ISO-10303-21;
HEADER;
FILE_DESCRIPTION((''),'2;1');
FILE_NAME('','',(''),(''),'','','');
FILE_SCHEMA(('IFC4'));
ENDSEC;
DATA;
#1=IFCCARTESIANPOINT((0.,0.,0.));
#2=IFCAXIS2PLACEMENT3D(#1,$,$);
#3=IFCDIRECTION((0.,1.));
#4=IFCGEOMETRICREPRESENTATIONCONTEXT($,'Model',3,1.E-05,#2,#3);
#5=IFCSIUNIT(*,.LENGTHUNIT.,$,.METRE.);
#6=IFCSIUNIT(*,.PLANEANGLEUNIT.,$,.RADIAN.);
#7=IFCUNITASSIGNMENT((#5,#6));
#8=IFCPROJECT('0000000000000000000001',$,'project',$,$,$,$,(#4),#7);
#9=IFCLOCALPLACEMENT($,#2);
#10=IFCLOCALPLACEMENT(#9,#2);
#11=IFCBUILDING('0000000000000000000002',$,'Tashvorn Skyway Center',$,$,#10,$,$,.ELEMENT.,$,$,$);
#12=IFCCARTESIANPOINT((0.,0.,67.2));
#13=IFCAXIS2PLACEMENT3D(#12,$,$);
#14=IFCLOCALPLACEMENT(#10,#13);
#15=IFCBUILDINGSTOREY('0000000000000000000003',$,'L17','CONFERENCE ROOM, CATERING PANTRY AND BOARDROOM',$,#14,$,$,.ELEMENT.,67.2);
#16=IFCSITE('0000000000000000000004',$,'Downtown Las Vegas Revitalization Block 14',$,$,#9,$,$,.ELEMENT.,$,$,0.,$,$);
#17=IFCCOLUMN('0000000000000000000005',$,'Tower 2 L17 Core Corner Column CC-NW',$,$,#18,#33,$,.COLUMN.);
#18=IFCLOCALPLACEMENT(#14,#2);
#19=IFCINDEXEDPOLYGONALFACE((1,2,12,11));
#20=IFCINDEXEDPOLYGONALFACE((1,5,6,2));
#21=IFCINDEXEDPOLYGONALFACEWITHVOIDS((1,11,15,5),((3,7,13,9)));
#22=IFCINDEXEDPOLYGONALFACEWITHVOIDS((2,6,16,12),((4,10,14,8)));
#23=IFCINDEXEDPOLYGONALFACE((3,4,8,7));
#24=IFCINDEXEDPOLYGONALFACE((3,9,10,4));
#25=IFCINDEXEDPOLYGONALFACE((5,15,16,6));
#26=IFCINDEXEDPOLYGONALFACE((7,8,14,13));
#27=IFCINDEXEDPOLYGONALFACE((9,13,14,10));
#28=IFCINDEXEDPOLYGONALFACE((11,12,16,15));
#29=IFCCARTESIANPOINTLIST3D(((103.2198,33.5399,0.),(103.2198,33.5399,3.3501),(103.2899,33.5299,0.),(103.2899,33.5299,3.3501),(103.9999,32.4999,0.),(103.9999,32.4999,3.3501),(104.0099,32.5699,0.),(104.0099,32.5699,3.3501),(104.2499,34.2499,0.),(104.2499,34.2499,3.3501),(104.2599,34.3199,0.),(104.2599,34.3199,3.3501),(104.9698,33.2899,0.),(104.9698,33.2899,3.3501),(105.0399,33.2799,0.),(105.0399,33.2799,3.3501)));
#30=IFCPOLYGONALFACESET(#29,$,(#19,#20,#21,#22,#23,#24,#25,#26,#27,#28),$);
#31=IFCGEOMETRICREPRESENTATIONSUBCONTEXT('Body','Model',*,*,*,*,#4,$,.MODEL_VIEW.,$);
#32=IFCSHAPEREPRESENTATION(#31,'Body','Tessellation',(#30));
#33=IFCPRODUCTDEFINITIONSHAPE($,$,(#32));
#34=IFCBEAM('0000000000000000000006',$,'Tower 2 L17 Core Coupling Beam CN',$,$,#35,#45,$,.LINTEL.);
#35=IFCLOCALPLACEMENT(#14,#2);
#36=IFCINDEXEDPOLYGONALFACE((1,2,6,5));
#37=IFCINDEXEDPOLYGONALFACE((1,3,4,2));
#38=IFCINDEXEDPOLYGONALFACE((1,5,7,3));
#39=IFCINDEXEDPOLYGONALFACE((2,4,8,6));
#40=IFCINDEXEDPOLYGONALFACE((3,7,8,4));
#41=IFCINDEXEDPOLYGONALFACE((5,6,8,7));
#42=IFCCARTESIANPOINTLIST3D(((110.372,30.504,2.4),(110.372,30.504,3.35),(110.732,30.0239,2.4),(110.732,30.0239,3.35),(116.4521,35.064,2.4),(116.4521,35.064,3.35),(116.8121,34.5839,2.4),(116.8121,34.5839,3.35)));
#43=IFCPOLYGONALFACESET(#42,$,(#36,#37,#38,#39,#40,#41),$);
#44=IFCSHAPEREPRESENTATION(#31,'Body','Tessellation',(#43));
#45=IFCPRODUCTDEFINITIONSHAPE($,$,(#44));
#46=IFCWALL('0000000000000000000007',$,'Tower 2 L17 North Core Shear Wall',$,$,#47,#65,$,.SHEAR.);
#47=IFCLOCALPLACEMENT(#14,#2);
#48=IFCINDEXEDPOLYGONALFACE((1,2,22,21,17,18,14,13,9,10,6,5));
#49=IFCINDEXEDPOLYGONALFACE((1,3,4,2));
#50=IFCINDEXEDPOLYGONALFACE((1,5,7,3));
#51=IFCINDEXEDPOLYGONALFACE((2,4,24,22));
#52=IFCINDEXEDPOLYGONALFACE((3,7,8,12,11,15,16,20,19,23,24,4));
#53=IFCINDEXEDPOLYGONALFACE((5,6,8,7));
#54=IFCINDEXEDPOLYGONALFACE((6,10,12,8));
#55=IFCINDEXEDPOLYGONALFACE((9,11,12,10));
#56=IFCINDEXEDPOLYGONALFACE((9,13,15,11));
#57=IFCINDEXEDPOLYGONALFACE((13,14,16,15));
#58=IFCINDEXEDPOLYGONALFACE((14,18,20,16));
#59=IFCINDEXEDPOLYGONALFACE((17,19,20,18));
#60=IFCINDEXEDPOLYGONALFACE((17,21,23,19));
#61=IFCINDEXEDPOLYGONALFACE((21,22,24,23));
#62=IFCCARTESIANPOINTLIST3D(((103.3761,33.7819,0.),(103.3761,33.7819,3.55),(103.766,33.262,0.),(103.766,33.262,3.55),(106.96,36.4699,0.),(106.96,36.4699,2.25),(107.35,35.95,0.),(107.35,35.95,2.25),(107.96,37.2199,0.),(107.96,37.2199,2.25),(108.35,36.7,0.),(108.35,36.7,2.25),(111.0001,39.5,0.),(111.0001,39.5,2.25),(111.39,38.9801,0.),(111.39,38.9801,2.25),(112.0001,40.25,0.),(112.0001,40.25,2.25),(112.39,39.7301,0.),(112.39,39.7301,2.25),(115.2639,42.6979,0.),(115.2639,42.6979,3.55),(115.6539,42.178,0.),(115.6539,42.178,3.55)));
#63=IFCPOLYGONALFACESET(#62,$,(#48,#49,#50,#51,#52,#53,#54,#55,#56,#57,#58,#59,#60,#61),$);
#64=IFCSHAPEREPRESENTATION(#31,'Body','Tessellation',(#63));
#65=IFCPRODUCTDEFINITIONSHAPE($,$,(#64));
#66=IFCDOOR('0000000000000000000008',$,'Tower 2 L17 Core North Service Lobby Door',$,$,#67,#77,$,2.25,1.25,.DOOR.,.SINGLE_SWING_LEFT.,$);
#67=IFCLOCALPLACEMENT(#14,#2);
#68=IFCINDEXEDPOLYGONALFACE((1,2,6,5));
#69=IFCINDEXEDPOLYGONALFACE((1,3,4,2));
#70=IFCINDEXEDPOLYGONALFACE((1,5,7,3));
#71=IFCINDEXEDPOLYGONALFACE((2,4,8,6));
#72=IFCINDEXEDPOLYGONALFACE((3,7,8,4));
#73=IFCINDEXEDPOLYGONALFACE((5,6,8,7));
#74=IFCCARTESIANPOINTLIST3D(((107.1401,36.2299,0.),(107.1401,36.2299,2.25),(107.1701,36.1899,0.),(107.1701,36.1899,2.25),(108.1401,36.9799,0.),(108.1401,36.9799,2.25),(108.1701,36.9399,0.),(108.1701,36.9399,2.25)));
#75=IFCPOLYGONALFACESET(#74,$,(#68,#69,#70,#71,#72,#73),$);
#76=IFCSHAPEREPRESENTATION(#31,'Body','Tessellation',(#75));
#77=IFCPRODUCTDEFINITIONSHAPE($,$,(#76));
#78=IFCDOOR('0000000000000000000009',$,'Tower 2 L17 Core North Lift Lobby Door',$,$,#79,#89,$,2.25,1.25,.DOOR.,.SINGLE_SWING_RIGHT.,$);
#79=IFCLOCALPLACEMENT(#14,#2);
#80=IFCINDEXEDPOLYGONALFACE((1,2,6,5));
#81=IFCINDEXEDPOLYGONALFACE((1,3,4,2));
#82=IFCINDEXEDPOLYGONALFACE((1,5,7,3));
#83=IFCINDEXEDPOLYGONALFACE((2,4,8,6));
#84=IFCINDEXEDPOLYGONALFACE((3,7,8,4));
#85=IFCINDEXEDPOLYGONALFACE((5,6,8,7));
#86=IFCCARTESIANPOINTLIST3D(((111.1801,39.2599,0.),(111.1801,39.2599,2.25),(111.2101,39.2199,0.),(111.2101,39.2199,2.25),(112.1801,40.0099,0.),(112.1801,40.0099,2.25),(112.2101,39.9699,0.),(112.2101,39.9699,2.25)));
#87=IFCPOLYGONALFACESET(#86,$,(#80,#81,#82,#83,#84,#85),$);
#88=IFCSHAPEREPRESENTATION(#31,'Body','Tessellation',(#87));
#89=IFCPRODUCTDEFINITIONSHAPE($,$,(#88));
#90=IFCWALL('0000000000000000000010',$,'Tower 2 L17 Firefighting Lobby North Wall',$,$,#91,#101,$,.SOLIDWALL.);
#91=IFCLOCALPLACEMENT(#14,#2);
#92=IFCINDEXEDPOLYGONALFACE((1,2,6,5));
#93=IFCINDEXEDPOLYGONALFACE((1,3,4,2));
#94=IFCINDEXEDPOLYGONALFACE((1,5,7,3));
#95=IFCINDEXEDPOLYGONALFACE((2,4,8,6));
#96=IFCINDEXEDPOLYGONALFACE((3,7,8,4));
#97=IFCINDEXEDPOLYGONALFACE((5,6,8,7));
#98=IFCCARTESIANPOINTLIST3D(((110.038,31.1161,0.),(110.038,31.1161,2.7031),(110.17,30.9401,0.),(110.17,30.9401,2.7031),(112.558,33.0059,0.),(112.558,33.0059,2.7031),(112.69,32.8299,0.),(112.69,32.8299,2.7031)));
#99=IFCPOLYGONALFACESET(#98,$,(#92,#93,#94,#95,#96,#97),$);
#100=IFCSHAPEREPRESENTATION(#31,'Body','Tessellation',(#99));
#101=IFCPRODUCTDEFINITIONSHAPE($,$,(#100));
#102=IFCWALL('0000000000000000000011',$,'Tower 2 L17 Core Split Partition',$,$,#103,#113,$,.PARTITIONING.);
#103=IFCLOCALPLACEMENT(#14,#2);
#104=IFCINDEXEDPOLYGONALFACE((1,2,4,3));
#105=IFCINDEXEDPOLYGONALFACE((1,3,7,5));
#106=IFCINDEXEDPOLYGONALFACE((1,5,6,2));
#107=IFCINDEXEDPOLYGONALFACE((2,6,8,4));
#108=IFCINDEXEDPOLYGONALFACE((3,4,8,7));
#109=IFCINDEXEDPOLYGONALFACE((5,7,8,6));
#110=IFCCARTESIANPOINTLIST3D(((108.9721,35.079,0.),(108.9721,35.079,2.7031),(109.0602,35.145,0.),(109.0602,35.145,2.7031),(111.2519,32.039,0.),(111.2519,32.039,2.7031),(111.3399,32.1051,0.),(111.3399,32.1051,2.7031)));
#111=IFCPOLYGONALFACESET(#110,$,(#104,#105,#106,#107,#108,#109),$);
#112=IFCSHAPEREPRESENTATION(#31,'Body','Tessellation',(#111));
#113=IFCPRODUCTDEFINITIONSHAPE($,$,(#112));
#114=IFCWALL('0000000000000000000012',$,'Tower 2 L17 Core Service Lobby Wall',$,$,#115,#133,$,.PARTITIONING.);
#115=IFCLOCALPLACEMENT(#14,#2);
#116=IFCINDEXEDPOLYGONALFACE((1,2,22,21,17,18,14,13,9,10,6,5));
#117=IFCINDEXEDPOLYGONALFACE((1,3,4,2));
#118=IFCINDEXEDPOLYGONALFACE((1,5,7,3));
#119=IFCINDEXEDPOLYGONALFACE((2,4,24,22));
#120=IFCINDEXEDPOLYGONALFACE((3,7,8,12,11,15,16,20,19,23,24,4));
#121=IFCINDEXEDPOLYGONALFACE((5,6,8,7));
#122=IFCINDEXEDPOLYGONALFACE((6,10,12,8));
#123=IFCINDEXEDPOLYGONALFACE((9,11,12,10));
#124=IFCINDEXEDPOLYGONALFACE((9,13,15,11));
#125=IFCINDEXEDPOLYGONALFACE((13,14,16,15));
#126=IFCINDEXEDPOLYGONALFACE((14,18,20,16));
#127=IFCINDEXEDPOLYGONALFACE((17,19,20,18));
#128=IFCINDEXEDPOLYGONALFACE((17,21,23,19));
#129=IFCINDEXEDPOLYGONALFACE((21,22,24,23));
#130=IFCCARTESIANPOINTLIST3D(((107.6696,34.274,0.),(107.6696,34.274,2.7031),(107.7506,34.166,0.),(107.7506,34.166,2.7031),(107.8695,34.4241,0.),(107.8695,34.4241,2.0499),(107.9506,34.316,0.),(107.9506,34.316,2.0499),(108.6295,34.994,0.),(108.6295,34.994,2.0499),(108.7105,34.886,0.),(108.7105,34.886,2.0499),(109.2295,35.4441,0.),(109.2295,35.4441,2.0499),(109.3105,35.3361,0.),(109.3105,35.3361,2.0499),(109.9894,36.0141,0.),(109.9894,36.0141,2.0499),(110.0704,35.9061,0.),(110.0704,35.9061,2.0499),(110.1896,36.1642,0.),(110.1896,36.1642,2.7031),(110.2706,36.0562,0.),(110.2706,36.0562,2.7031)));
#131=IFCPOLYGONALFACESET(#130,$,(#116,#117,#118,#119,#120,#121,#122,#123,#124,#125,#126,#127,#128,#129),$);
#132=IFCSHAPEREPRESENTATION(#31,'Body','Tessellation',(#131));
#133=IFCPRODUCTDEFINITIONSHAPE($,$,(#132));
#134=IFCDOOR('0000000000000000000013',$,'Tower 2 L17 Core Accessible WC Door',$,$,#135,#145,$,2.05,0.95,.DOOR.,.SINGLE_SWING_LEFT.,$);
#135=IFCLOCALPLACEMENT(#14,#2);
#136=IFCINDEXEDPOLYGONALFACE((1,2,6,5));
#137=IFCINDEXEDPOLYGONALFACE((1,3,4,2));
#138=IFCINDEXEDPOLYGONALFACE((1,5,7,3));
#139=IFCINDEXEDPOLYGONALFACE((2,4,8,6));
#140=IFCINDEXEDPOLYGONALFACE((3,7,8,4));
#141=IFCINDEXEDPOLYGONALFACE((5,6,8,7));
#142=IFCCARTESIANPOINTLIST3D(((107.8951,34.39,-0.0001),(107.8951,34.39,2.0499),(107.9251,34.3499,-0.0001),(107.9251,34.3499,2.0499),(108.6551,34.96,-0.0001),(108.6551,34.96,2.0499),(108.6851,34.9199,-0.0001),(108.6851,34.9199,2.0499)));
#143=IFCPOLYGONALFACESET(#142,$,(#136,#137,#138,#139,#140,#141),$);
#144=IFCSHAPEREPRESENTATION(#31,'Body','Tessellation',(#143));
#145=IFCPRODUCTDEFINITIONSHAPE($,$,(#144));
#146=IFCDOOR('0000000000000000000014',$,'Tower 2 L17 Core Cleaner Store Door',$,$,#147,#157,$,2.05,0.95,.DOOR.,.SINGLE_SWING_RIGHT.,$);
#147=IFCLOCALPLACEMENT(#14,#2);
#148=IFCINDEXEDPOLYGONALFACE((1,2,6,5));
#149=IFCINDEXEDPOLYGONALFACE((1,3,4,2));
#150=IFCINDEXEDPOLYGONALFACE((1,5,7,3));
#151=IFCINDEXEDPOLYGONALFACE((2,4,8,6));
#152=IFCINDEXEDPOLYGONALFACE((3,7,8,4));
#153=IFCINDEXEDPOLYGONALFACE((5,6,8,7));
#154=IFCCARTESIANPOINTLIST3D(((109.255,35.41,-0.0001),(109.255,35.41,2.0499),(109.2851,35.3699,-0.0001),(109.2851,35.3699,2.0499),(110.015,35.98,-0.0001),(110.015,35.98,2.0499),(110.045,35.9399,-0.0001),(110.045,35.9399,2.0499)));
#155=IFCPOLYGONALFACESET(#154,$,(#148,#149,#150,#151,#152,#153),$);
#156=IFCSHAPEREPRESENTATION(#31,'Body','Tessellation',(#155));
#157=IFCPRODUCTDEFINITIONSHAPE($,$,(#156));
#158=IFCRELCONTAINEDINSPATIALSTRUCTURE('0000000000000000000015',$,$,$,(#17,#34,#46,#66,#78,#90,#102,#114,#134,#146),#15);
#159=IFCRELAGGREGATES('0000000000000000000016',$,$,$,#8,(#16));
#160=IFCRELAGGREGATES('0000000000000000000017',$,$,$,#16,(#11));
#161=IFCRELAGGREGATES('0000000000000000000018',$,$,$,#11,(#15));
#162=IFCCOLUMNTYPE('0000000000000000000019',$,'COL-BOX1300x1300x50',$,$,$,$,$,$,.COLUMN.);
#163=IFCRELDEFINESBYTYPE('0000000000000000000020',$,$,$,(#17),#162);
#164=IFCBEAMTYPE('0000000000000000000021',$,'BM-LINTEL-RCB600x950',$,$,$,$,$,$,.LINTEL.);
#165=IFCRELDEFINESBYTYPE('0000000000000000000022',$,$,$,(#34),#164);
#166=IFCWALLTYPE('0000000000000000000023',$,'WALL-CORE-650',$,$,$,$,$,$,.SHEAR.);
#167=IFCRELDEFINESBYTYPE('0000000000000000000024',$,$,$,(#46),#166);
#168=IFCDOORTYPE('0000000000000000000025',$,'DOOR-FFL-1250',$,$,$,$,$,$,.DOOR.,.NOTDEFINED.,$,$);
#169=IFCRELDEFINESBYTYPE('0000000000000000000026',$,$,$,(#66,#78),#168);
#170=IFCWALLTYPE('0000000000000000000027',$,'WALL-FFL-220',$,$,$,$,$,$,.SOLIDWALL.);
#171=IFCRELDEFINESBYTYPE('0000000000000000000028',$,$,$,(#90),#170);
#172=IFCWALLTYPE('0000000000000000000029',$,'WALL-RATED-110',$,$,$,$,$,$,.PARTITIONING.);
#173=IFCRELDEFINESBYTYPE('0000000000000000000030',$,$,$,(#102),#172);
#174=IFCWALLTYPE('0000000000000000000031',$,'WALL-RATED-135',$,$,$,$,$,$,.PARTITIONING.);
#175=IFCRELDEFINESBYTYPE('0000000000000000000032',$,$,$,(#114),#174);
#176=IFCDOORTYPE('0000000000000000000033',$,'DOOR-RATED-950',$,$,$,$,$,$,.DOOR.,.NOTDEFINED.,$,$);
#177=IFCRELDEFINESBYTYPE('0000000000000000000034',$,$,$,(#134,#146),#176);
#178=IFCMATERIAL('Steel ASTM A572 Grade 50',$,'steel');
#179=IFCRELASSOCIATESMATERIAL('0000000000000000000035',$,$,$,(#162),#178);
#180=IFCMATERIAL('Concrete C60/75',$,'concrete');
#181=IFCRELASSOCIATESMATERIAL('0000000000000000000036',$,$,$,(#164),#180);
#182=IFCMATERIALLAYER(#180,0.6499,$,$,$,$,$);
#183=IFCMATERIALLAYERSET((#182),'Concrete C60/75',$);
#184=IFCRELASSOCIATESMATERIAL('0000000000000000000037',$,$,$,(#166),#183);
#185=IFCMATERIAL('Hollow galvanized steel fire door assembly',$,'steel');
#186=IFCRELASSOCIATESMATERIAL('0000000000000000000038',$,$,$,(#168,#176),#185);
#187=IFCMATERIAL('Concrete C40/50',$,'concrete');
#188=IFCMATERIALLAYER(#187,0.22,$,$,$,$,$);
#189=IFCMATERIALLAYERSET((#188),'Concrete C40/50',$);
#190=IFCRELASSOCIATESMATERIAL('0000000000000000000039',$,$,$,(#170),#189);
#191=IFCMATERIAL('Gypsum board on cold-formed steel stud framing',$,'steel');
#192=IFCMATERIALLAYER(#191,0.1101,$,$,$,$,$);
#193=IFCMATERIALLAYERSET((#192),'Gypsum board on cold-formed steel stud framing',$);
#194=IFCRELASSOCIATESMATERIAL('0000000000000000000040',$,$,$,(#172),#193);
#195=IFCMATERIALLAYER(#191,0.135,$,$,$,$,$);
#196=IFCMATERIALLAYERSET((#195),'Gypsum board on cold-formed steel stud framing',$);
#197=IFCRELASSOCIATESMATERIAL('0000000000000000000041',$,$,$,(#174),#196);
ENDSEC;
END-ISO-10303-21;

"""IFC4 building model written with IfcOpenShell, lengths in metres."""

from ifc_helpers import new_model, si_unit, direction, frame, frame_2d, origin, origin_2d, place, context, subcontext, project, spatial, rectangle, hollow_rectangle, extrude, material, layer, layer_set, material_profile, profile_set, type_object, element, fill, save


model = new_model("IFC4")

# Units and contexts
model_context = context("Model", 3, precision=1e-05, world=origin(), true_north=direction((0.0, 1.0)))
body_context = subcontext(model_context, "Body", "Model", "MODEL_VIEW")
ifc_project = project(units=[si_unit("LENGTHUNIT", "METRE"), si_unit("PLANEANGLEUNIT", "RADIAN")], contexts=[model_context])

# Site, building, storey
site_placement = place(None, origin())
site = spatial("IfcSite", under=ifc_project, at=site_placement, Name="Downtown Las Vegas Revitalization Block 14", CompositionType="ELEMENT", RefElevation=0.0)
building_placement = place(site_placement, origin())
building = spatial("IfcBuilding", under=site, at=building_placement, Name="Tashvorn Skyway Center", CompositionType="ELEMENT")
storey_placement = place(building_placement, frame((0.0, 0.0, 67.2)))
storey = spatial("IfcBuildingStorey", under=building, at=storey_placement, Name="L17", Description="CONFERENCE ROOM, CATERING PANTRY AND BOARDROOM", CompositionType="ELEMENT", Elevation=67.2)

# Column
ifc_material_1 = material(Name="Steel ASTM A572 Grade 50", Category="steel")
ifc_material_profile_1 = material_profile(ifc_material_1, hollow_rectangle(XDim=1.3, YDim=1.3, WallThickness=0.05, at=origin_2d()), Name="BOX1300x1300x50")
ifc_profile_set_1 = profile_set([ifc_material_profile_1], Name="Steel ASTM A572 Grade 50")
column_type = type_object("IfcColumnType", Name="COL-BOX1300x1300x50", PredefinedType="COLUMN", material=ifc_profile_set_1)
column_placement = place(storey_placement, frame((104.1299, 33.4099, 0.0), z_axis=(0.0, 0.0, 1.0), x_axis=(0.8, 0.6, 0.0)))
element("IfcColumn", 1, at=column_placement, inside=storey, type_object=column_type, Name="Tower 2 L17 Core Corner Column CC-NW", PredefinedType="COLUMN", context=body_context, shape_type="SweptSolid", body=[
    extrude(hollow_rectangle(XDim=1.3, YDim=1.3, WallThickness=0.05, at=origin_2d()), origin(), (0.0, 0.0, 1.0), 3.3501),
])

# Beam
ifc_material_2 = material(Name="Concrete C60/75", Category="concrete")
ifc_material_profile_2 = material_profile(ifc_material_2, rectangle(XDim=0.6001, YDim=0.95, at=origin_2d()), Name="RCB600x950")
ifc_profile_set_2 = profile_set([ifc_material_profile_2], Name="Concrete C60/75")
beam_type = type_object("IfcBeamType", Name="BM-LINTEL-RCB600x950", PredefinedType="LINTEL", material=ifc_profile_set_2)
beam_placement = place(storey_placement, frame((110.552, 30.2639, 2.875), z_axis=(0.8, 0.6, 0.0), x_axis=(-0.6, 0.8, 0.0)))
element("IfcBeam", 2, at=beam_placement, inside=storey, type_object=beam_type, Name="Tower 2 L17 Core Coupling Beam CN", PredefinedType="LINTEL", context=body_context, shape_type="SweptSolid", body=[
    extrude(rectangle(XDim=0.6001, YDim=0.95, at=origin_2d()), origin(), (0.0, 0.0, 1.0), 7.6001),
])

# Wall, openings, doors
ifc_layer_1 = layer(ifc_material_2, 0.6499)
ifc_layer_set_1 = layer_set([ifc_layer_1], Name="Concrete C60/75")
wall_type_1 = type_object("IfcWallType", Name="WALL-CORE-650", PredefinedType="SHEAR", material=ifc_layer_set_1)
wall_1_placement = place(storey_placement, frame((103.571, 33.522, 0.0), z_axis=(0.0, 0.0, 1.0), x_axis=(0.799998, 0.600003, 0.0)))
wall_1 = element("IfcWall", 3, at=wall_1_placement, inside=storey, type_object=wall_type_1, Name="Tower 2 L17 North Core Shear Wall", PredefinedType="SHEAR", context=body_context, shape_type="SweptSolid", body=[
    extrude(rectangle(XDim=14.8599, YDim=0.6499, at=frame_2d((7.4299, 0.0))), origin(), (0.0, 0.0, 1.0), 3.55),
])
opening_1_placement = place(wall_1_placement, frame((4.48, 0.0, 0.0)))
opening_1 = element("IfcOpeningElement", 4, at=opening_1_placement, cuts=wall_1, PredefinedType="OPENING", context=body_context, shape_type="SweptSolid", body=[
    extrude(rectangle(XDim=1.25, YDim=2.25, at=frame_2d((0.625, 1.125))), frame((0.0, 0.335, 0.0), z_axis=(0.0, -1.0, 0.0), x_axis=(1.0, 0.0, 0.0)), (0.0, 0.0, 1.0), 0.6699),
])
opening_2_placement = place(wall_1_placement, frame((9.53, 0.0, 0.0)))
opening_2 = element("IfcOpeningElement", 5, at=opening_2_placement, cuts=wall_1, PredefinedType="OPENING", context=body_context, shape_type="SweptSolid", body=[
    extrude(rectangle(XDim=1.25, YDim=2.25, at=frame_2d((0.625, 1.125))), frame((0.0, 0.335, 0.0), z_axis=(0.0, -1.0, 0.0), x_axis=(1.0, 0.0, 0.0)), (0.0, 0.0, 1.0), 0.6699),
])
ifc_material_3 = material(Name="Hollow galvanized steel fire door assembly", Category="steel")
door_type_1 = type_object("IfcDoorType", Name="DOOR-FFL-1250", OperationType="NOTDEFINED", PredefinedType="DOOR", material=ifc_material_3)
door_1_placement = place(opening_1_placement, origin())
door_1 = element("IfcDoor", 6, at=door_1_placement, inside=storey, type_object=door_type_1, Name="Tower 2 L17 Core North Service Lobby Door", OperationType="SINGLE_SWING_LEFT", OverallHeight=2.25, OverallWidth=1.25, PredefinedType="DOOR", context=body_context, shape_type="SweptSolid", body=[
    extrude(rectangle(XDim=1.25, YDim=2.25, at=frame_2d((0.625, 1.125))), frame((0.0, 0.0249, 0.0), z_axis=(0.0, -1.0, 0.0), x_axis=(1.0, 0.0, 0.0)), (0.0, 0.0, 1.0), 0.05),
])
fill(opening_1, door_1)
door_2_placement = place(opening_2_placement, origin())
door_2 = element("IfcDoor", 7, at=door_2_placement, inside=storey, type_object=door_type_1, Name="Tower 2 L17 Core North Lift Lobby Door", OperationType="SINGLE_SWING_RIGHT", OverallHeight=2.25, OverallWidth=1.25, PredefinedType="DOOR", context=body_context, shape_type="SweptSolid", body=[
    extrude(rectangle(XDim=1.25, YDim=2.25, at=frame_2d((0.625, 1.125))), frame((0.0, 0.0249, 0.0), z_axis=(0.0, -1.0, 0.0), x_axis=(1.0, 0.0, 0.0)), (0.0, 0.0, 1.0), 0.05),
])
fill(opening_2, door_2)

# Walls
ifc_material_4 = material(Name="Concrete C40/50", Category="concrete")
ifc_layer_2 = layer(ifc_material_4, 0.22)
ifc_layer_set_2 = layer_set([ifc_layer_2], Name="Concrete C40/50")
wall_type_2 = type_object("IfcWallType", Name="WALL-FFL-220", PredefinedType="SOLIDWALL", material=ifc_layer_set_2)
wall_2_placement = place(storey_placement, frame((110.104, 31.0281, 0.0), z_axis=(0.0, 0.0, 1.0), x_axis=(0.800019, 0.599975, 0.0)))
element("IfcWall", 8, at=wall_2_placement, inside=storey, type_object=wall_type_2, Name="Tower 2 L17 Firefighting Lobby North Wall", PredefinedType="SOLIDWALL", context=body_context, shape_type="SweptSolid", body=[
    extrude(rectangle(XDim=3.1499, YDim=0.22, at=frame_2d((1.575, 0.0))), origin(), (0.0, 0.0, 1.0), 2.7031),
])
ifc_material_5 = material(Name="Gypsum board on cold-formed steel stud framing", Category="steel")
ifc_layer_3 = layer(ifc_material_5, 0.1101)
ifc_layer_set_3 = layer_set([ifc_layer_3], Name="Gypsum board on cold-formed steel stud framing")
wall_type_3 = type_object("IfcWallType", Name="WALL-RATED-110", PredefinedType="PARTITIONING", material=ifc_layer_set_3)
wall_3_placement = place(storey_placement, frame((111.2959, 32.072, 0.0), z_axis=(0.0, 0.0, 1.0), x_axis=(-0.599959, 0.800031, 0.0)))
element("IfcWall", 9, at=wall_3_placement, inside=storey, type_object=wall_type_3, Name="Tower 2 L17 Core Split Partition", PredefinedType="PARTITIONING", context=body_context, shape_type="SweptSolid", body=[
    extrude(rectangle(XDim=3.7998, YDim=0.1101, at=frame_2d((1.8999, 0.0))), origin(), (0.0, 0.0, 1.0), 2.7031),
])

# Wall, openings, doors
ifc_layer_4 = layer(ifc_material_5, 0.135)
ifc_layer_set_4 = layer_set([ifc_layer_4], Name="Gypsum board on cold-formed steel stud framing")
wall_type_4 = type_object("IfcWallType", Name="WALL-RATED-135", PredefinedType="PARTITIONING", material=ifc_layer_set_4)
wall_4_placement = place(storey_placement, frame((107.71, 34.22, 0.0), z_axis=(0.0, 0.0, 1.0), x_axis=(0.799981, 0.600025, 0.0)))
wall_4 = element("IfcWall", 10, at=wall_4_placement, inside=storey, type_object=wall_type_4, Name="Tower 2 L17 Core Service Lobby Wall", PredefinedType="PARTITIONING", context=body_context, shape_type="SweptSolid", body=[
    extrude(rectangle(XDim=3.1501, YDim=0.135, at=frame_2d((1.5752, 0.0))), origin(), (0.0, 0.0, 1.0), 2.7031),
])
opening_3_placement = place(wall_4_placement, frame((0.25, 0.0, 0.0)))
opening_3 = element("IfcOpeningElement", 11, at=opening_3_placement, cuts=wall_4, PredefinedType="OPENING", context=body_context, shape_type="SweptSolid", body=[
    extrude(rectangle(XDim=0.95, YDim=2.05, at=frame_2d((0.4751, 1.0249))), frame((0.0, 0.0774, 0.0), z_axis=(0.0, -1.0, 0.0), x_axis=(1.0, 0.0, 0.0)), (0.0, 0.0, 1.0), 0.155),
])
opening_4_placement = place(wall_4_placement, frame((1.95, 0.0, 0.0)))
opening_4 = element("IfcOpeningElement", 12, at=opening_4_placement, cuts=wall_4, PredefinedType="OPENING", context=body_context, shape_type="SweptSolid", body=[
    extrude(rectangle(XDim=0.95, YDim=2.05, at=frame_2d((0.4751, 1.0249))), frame((0.0, 0.0774, 0.0), z_axis=(0.0, -1.0, 0.0), x_axis=(1.0, 0.0, 0.0)), (0.0, 0.0, 1.0), 0.155),
])
door_type_2 = type_object("IfcDoorType", Name="DOOR-RATED-950", OperationType="NOTDEFINED", PredefinedType="DOOR", material=ifc_material_3)
door_3_placement = place(opening_3_placement, origin())
door_3 = element("IfcDoor", 13, at=door_3_placement, inside=storey, type_object=door_type_2, Name="Tower 2 L17 Core Accessible WC Door", OperationType="SINGLE_SWING_LEFT", OverallHeight=2.05, OverallWidth=0.95, PredefinedType="DOOR", context=body_context, shape_type="SweptSolid", body=[
    extrude(rectangle(XDim=0.95, YDim=2.05, at=frame_2d((0.4751, 1.0249))), frame((0.0, 0.0249, 0.0), z_axis=(0.0, -1.0, 0.0), x_axis=(1.0, 0.0, 0.0)), (0.0, 0.0, 1.0), 0.05),
])
fill(opening_3, door_3)
door_4_placement = place(opening_4_placement, origin())
door_4 = element("IfcDoor", 14, at=door_4_placement, inside=storey, type_object=door_type_2, Name="Tower 2 L17 Core Cleaner Store Door", OperationType="SINGLE_SWING_RIGHT", OverallHeight=2.05, OverallWidth=0.95, PredefinedType="DOOR", context=body_context, shape_type="SweptSolid", body=[
    extrude(rectangle(XDim=0.95, YDim=2.05, at=frame_2d((0.4751, 1.0249))), frame((0.0, 0.0249, 0.0), z_axis=(0.0, -1.0, 0.0), x_axis=(1.0, 0.0, 0.0)), (0.0, 0.0, 1.0), 0.05),
])
fill(opening_4, door_4)

save(model, "model.ifc")
